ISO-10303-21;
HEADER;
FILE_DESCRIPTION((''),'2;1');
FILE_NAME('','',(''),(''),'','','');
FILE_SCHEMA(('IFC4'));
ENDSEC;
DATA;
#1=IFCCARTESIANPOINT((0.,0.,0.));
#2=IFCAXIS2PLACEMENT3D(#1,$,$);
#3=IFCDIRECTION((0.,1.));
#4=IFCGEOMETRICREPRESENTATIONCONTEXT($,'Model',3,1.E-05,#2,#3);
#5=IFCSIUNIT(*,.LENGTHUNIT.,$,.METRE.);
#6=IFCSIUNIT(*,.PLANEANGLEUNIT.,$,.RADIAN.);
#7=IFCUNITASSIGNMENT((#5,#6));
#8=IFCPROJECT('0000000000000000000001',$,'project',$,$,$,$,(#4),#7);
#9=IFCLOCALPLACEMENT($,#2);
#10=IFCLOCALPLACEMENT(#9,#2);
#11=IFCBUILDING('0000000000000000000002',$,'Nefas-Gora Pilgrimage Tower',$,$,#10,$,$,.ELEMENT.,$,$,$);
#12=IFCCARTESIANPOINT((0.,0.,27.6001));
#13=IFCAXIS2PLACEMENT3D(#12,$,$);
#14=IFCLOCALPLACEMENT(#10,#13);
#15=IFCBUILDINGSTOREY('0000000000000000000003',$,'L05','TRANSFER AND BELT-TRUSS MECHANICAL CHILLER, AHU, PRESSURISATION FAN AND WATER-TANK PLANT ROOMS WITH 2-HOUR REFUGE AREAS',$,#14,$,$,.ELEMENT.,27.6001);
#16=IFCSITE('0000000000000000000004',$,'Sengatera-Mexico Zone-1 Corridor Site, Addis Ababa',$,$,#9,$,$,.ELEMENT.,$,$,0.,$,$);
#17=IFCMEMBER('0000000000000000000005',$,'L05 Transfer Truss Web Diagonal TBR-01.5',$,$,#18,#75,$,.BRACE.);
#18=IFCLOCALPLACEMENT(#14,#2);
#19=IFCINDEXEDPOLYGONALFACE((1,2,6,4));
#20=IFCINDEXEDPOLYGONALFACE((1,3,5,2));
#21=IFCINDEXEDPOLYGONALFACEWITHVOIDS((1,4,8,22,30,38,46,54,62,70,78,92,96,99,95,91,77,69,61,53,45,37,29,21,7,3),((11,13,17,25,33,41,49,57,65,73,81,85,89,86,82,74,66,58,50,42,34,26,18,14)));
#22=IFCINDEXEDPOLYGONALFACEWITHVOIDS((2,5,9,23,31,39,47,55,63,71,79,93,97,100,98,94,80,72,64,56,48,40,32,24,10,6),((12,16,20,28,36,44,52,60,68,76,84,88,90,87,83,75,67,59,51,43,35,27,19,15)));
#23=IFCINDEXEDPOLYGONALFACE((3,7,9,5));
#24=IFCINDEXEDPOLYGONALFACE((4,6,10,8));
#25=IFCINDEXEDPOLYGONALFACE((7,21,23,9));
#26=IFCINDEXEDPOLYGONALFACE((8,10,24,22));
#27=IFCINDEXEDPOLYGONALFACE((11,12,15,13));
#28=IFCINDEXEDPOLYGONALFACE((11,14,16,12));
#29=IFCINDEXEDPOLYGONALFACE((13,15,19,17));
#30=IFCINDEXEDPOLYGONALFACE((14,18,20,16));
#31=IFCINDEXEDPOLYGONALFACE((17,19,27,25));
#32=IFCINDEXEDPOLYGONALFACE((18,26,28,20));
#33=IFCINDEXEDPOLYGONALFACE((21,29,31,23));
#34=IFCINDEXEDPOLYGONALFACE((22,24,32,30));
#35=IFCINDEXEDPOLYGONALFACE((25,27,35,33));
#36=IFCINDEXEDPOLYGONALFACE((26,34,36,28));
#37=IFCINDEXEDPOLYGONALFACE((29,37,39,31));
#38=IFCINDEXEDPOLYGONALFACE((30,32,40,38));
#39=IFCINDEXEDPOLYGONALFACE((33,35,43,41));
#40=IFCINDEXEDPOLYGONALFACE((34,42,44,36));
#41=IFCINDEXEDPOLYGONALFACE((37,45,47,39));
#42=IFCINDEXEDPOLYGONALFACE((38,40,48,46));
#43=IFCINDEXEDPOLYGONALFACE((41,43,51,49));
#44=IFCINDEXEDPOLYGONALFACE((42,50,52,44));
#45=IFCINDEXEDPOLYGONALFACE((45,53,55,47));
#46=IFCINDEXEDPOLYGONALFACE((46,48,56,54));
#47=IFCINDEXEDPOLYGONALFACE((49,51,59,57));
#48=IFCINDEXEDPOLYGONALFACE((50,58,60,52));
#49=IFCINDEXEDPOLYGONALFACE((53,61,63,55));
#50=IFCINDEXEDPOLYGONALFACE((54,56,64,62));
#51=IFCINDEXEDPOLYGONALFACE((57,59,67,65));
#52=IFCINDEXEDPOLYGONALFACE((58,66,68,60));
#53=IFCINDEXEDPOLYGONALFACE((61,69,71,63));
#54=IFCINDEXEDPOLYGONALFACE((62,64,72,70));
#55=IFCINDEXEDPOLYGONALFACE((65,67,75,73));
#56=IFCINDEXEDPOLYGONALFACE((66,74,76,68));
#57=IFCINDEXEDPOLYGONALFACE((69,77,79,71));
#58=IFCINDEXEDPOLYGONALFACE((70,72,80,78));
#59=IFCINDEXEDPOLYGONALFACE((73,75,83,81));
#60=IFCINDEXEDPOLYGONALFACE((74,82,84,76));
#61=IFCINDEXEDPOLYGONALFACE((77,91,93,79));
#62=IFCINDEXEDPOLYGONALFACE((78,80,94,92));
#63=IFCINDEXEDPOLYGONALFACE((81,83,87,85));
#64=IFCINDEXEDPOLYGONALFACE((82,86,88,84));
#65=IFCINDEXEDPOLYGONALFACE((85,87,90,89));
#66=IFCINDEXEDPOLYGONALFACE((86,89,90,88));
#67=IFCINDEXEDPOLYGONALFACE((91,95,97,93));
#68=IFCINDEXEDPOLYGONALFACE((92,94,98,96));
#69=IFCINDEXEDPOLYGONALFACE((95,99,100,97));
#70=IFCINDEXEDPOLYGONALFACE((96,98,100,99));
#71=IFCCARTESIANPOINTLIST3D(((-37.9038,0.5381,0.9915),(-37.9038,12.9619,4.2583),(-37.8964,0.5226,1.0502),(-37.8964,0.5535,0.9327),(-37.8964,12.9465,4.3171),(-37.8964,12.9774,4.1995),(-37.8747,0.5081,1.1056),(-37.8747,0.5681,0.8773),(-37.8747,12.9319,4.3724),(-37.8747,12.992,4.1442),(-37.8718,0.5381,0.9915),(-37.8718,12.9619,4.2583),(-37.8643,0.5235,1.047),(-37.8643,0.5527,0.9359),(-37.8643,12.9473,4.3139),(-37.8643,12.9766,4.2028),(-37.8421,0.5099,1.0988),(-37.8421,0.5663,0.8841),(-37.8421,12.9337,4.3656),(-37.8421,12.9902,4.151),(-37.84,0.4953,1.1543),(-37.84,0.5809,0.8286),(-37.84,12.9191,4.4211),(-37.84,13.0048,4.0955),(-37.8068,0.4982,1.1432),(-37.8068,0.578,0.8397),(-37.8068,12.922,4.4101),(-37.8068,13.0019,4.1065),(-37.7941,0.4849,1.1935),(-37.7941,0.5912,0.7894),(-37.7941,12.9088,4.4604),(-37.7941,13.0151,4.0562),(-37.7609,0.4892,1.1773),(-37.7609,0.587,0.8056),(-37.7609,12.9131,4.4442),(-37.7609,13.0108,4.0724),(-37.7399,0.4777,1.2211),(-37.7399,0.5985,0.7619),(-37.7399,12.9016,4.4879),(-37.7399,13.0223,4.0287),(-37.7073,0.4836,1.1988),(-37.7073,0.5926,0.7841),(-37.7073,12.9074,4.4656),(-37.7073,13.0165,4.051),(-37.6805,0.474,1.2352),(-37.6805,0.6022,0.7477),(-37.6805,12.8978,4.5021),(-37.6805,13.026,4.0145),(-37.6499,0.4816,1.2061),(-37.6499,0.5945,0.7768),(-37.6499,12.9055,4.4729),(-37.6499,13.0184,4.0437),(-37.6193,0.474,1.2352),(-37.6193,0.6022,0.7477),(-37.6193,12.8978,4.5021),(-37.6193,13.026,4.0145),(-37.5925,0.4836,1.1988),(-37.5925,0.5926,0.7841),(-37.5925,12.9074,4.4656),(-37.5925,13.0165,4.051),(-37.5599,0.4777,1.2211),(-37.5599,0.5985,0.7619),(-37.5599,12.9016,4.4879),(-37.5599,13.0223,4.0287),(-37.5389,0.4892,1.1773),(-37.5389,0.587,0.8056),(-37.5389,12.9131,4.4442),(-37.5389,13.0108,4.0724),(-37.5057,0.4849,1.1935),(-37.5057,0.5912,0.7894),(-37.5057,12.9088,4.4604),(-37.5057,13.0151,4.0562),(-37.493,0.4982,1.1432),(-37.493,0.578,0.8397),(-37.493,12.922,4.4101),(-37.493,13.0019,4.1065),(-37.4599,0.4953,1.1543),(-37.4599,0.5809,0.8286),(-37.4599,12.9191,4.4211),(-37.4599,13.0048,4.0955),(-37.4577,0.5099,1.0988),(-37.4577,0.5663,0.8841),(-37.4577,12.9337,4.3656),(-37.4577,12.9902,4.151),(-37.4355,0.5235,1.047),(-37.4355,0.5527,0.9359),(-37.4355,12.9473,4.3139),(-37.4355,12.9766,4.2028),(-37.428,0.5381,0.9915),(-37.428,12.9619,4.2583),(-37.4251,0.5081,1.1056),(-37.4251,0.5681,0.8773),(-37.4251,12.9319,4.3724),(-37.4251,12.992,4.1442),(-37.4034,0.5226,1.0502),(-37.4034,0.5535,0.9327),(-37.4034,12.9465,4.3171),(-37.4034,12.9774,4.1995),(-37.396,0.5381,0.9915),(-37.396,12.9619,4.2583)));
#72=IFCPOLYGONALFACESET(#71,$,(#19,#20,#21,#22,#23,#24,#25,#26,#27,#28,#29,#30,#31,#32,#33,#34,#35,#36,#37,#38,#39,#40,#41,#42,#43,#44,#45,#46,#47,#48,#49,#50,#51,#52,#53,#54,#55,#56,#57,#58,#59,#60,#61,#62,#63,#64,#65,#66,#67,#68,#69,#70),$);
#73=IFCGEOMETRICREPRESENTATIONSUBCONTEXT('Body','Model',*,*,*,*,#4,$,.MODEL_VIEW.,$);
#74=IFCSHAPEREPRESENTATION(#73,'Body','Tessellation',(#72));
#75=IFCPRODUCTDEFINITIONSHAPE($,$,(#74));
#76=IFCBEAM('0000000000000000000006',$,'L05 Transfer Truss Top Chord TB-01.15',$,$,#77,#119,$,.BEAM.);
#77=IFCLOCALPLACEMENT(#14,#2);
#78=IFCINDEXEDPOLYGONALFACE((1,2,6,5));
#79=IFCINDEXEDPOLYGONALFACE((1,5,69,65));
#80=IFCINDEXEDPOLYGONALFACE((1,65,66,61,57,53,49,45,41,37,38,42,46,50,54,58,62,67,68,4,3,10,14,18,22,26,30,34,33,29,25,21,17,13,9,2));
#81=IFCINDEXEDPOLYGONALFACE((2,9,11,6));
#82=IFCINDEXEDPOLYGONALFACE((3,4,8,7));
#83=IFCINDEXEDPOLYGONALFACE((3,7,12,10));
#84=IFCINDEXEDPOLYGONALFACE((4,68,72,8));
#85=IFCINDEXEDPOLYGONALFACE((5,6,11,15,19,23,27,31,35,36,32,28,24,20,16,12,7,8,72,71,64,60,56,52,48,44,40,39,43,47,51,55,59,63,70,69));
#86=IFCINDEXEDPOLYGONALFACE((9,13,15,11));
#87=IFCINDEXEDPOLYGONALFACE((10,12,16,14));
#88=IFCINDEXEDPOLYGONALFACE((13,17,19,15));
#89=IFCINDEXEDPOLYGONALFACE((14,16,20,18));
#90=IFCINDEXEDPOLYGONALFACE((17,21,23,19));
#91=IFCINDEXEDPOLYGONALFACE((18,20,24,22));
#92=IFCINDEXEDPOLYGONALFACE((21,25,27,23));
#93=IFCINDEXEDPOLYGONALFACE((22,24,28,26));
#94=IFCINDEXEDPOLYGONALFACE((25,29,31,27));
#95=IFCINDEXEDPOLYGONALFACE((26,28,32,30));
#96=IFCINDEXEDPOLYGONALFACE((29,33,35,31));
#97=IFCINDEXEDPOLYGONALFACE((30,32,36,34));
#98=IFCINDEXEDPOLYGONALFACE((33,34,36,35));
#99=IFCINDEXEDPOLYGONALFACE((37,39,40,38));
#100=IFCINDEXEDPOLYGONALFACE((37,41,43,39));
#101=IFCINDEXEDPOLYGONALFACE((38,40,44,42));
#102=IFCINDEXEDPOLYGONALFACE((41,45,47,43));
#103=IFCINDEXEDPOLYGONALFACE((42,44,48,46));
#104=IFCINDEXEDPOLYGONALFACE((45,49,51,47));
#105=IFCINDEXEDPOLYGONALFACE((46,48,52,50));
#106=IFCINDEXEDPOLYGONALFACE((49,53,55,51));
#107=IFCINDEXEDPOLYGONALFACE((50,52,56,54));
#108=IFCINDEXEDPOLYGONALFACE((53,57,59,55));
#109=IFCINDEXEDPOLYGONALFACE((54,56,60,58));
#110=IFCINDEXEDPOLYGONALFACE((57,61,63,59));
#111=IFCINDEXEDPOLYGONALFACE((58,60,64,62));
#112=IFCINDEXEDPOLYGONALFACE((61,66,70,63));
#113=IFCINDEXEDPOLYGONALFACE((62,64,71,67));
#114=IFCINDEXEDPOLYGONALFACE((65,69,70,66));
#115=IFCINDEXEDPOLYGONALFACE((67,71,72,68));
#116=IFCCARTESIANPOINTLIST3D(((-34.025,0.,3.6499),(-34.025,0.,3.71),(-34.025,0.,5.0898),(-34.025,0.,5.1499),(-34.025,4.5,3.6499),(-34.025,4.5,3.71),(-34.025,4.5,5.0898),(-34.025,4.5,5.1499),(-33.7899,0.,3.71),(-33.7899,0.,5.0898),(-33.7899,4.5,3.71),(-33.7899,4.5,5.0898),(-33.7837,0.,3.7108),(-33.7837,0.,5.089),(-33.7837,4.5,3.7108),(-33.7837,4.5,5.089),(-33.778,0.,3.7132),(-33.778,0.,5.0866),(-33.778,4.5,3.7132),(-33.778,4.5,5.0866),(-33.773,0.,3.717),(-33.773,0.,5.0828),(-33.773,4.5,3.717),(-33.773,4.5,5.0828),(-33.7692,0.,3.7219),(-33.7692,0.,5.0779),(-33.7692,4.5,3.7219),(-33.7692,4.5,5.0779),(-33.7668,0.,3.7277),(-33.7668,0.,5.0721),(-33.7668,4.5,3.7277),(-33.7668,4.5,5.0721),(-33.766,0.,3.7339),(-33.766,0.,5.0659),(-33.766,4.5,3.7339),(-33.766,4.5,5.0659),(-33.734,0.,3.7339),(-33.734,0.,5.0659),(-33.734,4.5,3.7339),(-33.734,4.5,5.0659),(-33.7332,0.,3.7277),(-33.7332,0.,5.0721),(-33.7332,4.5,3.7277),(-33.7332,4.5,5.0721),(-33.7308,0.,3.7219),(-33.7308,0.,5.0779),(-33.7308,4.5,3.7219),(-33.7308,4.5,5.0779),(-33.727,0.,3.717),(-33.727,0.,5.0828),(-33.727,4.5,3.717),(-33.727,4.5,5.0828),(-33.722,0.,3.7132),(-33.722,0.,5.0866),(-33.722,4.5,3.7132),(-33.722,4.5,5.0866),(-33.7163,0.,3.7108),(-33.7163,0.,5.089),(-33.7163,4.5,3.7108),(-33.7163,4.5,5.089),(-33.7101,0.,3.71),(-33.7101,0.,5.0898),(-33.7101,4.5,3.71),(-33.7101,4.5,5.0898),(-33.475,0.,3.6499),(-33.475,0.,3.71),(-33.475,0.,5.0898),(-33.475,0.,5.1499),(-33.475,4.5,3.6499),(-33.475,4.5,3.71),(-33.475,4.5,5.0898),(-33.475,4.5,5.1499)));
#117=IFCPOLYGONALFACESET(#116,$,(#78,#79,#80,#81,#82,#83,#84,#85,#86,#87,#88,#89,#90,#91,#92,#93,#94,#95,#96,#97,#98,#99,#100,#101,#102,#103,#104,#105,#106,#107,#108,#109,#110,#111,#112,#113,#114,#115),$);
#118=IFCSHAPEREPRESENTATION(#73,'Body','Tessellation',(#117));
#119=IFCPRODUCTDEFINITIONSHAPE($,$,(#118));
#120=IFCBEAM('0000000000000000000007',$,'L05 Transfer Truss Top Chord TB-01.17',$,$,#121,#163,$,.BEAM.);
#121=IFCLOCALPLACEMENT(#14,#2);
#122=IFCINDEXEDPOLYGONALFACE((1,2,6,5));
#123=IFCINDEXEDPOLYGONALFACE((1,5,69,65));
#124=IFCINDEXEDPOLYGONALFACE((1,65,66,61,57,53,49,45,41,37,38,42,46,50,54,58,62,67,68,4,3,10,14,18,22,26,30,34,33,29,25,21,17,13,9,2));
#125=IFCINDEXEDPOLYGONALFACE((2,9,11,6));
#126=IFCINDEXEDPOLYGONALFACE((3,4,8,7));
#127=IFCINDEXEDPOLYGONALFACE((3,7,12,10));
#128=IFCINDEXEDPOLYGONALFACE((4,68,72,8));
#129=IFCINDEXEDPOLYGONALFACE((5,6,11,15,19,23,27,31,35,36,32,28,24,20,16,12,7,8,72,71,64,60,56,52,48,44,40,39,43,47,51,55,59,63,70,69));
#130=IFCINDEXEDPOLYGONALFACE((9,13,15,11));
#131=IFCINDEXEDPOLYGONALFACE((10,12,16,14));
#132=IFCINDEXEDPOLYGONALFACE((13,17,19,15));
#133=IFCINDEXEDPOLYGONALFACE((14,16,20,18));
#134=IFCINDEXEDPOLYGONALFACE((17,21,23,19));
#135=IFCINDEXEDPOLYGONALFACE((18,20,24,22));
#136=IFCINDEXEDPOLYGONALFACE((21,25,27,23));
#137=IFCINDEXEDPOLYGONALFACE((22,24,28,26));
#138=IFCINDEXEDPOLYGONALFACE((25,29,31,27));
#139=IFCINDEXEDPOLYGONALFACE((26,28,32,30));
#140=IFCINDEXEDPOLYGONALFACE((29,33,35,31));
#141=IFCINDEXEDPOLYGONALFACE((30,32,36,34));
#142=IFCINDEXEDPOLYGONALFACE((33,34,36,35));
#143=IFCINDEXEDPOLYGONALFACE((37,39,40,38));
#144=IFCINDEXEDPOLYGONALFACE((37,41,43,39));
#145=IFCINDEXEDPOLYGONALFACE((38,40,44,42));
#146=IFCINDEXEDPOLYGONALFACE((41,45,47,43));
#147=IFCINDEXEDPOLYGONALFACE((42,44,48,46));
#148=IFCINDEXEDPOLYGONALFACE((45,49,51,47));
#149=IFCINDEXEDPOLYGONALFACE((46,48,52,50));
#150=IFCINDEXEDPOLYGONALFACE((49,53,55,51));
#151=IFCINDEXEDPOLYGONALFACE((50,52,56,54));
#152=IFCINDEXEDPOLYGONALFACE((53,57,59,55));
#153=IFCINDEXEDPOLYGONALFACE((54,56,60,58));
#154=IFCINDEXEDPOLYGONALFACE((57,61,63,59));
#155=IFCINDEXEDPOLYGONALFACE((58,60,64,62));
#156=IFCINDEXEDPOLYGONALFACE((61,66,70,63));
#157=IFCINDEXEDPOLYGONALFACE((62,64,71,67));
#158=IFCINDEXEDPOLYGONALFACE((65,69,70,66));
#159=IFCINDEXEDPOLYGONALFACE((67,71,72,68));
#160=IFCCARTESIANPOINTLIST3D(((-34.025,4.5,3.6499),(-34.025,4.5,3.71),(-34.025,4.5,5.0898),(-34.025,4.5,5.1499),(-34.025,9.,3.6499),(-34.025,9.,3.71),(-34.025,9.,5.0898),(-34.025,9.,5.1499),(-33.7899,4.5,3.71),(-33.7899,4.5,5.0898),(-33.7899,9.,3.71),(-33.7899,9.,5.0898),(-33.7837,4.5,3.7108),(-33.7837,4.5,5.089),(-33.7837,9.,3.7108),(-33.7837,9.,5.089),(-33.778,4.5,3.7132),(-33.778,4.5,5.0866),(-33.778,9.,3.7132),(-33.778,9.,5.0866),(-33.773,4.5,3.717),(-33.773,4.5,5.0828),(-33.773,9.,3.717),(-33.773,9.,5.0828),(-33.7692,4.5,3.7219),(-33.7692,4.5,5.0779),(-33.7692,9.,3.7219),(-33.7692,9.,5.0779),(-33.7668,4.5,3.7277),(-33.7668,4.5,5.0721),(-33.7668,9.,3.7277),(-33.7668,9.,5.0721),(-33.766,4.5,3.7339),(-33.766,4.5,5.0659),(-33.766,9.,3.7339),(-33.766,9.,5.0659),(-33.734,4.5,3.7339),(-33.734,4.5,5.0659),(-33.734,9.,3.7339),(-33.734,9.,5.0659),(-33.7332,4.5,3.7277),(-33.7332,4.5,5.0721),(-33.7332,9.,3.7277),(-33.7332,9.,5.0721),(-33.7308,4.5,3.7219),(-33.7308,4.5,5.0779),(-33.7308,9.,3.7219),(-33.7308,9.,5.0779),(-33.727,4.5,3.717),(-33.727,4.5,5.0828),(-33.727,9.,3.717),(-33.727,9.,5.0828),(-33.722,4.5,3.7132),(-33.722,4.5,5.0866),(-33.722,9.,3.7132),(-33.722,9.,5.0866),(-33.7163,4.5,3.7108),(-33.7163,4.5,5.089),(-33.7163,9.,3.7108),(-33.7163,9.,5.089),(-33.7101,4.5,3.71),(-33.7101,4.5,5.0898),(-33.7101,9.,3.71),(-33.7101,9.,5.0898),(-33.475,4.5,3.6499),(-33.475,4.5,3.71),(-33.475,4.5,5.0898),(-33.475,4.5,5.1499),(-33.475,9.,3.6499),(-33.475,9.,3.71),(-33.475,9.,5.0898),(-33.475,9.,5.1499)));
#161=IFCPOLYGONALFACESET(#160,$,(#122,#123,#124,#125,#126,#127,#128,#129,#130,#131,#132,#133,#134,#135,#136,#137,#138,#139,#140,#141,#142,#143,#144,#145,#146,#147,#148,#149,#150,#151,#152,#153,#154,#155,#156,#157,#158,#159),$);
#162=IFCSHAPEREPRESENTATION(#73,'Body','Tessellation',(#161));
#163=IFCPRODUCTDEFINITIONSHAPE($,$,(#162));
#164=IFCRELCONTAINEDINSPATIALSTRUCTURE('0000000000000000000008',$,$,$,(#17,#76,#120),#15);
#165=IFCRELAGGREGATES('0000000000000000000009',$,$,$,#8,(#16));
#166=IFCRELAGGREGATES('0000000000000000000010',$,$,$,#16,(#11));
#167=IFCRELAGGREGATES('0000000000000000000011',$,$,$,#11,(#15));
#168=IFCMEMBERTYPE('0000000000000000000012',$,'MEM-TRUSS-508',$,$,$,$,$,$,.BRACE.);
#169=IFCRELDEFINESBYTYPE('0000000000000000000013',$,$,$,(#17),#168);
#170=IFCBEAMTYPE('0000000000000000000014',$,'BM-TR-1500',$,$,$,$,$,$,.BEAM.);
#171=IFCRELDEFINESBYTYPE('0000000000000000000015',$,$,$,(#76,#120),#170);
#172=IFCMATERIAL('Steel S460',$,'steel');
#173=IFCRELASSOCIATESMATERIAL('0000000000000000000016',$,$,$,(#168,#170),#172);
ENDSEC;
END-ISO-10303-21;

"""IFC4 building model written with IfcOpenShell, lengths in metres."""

from ifc_helpers import new_model, si_unit, direction, frame, origin, origin_2d, place, context, subcontext, project, spatial, hollow_circle, i_section, extrude, source, transform, mapped, material, material_profile, profile_set, type_object, element, save


model = new_model("IFC4")

# Units and contexts
model_context = context("Model", 3, precision=1e-05, world=origin(), true_north=direction((0.0, 1.0)))
body_context = subcontext(model_context, "Body", "Model", "MODEL_VIEW")
ifc_project = project(units=[si_unit("LENGTHUNIT", "METRE"), si_unit("PLANEANGLEUNIT", "RADIAN")], contexts=[model_context])

# Site, building, storey
site_placement = place(None, origin())
site = spatial("IfcSite", under=ifc_project, at=site_placement, Name="Sengatera-Mexico Zone-1 Corridor Site, Addis Ababa", CompositionType="ELEMENT", RefElevation=0.0)
building_placement = place(site_placement, origin())
building = spatial("IfcBuilding", under=site, at=building_placement, Name="Nefas-Gora Pilgrimage Tower", CompositionType="ELEMENT")
storey_placement = place(building_placement, frame((0.0, 0.0, 27.6001)))
storey = spatial("IfcBuildingStorey", under=building, at=storey_placement, Name="L05", Description="TRANSFER AND BELT-TRUSS MECHANICAL CHILLER, AHU, PRESSURISATION FAN AND WATER-TANK PLANT ROOMS WITH 2-HOUR REFUGE AREAS", CompositionType="ELEMENT", Elevation=27.6001)

# Shared definitions
ifc_material_1 = material(Name="Steel S460", Category="steel")

# Member
ifc_material_profile_1 = material_profile(ifc_material_1, hollow_circle(Radius=0.2539, WallThickness=0.032, at=origin_2d()), Name="CHS 508x32")
ifc_profile_set_1 = profile_set([ifc_material_profile_1], Name="Steel S460")
member_type = type_object("IfcMemberType", Name="MEM-TRUSS-508", PredefinedType="BRACE", material=ifc_profile_set_1)
shared_shape_1 = source(origin(), body_context, "Body", "SweptSolid", [
    extrude(hollow_circle(Radius=0.2539, WallThickness=0.032, at=origin_2d()), origin(), (0.0, 0.0, 1.0), 12.8462),
])
member_placement = place(storey_placement, frame((-37.6499, 0.5381, 0.9915), z_axis=(0.0, 0.967124, 0.254305), x_axis=(-1.0, 0.0, 0.0)))
element("IfcMember", 1, at=member_placement, inside=storey, type_object=member_type, Name="L05 Transfer Truss Web Diagonal TBR-01.5", PredefinedType="BRACE", context=body_context, shape_type="MappedRepresentation", body=[
    mapped(shared_shape_1, transform((0.0, 0.0, 0.0), x_axis=(1.0, 0.0, 0.0), y_axis=(0.0, 1.0, 0.0), z_axis=(0.0, 0.0, 1.0), scale=1.0)),
])

# Beams
ifc_material_profile_2 = material_profile(ifc_material_1, i_section(OverallWidth=0.55, OverallDepth=1.5, WebThickness=0.032, FlangeThickness=0.0601, FilletRadius=0.0239, at=origin_2d()), Name="WPG 1500x550x32x60")
ifc_profile_set_2 = profile_set([ifc_material_profile_2], Name="Steel S460")
beam_type_1 = type_object("IfcBeamType", Name="BM-TR-1500", PredefinedType="BEAM", material=ifc_profile_set_2)
shared_shape_2 = source(origin(), body_context, "Body", "SweptSolid", [
    extrude(i_section(OverallWidth=0.55, OverallDepth=1.5, WebThickness=0.032, FlangeThickness=0.0601, FilletRadius=0.0239, at=origin_2d()), origin(), (0.0, 0.0, 1.0), 4.5),
])
for number, where, z_axis, x_axis, name in (
    (2, (-33.75, 0.0, 4.3999), (0.0, 1.0, 0.0), (-1.0, 0.0, 0.0), "L05 Transfer Truss Top Chord TB-01.15"),
    (3, (-33.75, 4.5, 4.3999), (0.0, 1.0, 0.0), (-1.0, 0.0, 0.0), "L05 Transfer Truss Top Chord TB-01.17"),
):
    element("IfcBeam", number, at=place(storey_placement, frame(where, z_axis=z_axis, x_axis=x_axis)), inside=storey, type_object=beam_type_1, Name=name, PredefinedType="BEAM", context=body_context, shape_type="MappedRepresentation", body=[
        mapped(shared_shape_2, transform((0.0, 0.0, 0.0), x_axis=(1.0, 0.0, 0.0), y_axis=(0.0, 1.0, 0.0), z_axis=(0.0, 0.0, 1.0), scale=1.0)),
    ])

save(model, "model.ifc")
